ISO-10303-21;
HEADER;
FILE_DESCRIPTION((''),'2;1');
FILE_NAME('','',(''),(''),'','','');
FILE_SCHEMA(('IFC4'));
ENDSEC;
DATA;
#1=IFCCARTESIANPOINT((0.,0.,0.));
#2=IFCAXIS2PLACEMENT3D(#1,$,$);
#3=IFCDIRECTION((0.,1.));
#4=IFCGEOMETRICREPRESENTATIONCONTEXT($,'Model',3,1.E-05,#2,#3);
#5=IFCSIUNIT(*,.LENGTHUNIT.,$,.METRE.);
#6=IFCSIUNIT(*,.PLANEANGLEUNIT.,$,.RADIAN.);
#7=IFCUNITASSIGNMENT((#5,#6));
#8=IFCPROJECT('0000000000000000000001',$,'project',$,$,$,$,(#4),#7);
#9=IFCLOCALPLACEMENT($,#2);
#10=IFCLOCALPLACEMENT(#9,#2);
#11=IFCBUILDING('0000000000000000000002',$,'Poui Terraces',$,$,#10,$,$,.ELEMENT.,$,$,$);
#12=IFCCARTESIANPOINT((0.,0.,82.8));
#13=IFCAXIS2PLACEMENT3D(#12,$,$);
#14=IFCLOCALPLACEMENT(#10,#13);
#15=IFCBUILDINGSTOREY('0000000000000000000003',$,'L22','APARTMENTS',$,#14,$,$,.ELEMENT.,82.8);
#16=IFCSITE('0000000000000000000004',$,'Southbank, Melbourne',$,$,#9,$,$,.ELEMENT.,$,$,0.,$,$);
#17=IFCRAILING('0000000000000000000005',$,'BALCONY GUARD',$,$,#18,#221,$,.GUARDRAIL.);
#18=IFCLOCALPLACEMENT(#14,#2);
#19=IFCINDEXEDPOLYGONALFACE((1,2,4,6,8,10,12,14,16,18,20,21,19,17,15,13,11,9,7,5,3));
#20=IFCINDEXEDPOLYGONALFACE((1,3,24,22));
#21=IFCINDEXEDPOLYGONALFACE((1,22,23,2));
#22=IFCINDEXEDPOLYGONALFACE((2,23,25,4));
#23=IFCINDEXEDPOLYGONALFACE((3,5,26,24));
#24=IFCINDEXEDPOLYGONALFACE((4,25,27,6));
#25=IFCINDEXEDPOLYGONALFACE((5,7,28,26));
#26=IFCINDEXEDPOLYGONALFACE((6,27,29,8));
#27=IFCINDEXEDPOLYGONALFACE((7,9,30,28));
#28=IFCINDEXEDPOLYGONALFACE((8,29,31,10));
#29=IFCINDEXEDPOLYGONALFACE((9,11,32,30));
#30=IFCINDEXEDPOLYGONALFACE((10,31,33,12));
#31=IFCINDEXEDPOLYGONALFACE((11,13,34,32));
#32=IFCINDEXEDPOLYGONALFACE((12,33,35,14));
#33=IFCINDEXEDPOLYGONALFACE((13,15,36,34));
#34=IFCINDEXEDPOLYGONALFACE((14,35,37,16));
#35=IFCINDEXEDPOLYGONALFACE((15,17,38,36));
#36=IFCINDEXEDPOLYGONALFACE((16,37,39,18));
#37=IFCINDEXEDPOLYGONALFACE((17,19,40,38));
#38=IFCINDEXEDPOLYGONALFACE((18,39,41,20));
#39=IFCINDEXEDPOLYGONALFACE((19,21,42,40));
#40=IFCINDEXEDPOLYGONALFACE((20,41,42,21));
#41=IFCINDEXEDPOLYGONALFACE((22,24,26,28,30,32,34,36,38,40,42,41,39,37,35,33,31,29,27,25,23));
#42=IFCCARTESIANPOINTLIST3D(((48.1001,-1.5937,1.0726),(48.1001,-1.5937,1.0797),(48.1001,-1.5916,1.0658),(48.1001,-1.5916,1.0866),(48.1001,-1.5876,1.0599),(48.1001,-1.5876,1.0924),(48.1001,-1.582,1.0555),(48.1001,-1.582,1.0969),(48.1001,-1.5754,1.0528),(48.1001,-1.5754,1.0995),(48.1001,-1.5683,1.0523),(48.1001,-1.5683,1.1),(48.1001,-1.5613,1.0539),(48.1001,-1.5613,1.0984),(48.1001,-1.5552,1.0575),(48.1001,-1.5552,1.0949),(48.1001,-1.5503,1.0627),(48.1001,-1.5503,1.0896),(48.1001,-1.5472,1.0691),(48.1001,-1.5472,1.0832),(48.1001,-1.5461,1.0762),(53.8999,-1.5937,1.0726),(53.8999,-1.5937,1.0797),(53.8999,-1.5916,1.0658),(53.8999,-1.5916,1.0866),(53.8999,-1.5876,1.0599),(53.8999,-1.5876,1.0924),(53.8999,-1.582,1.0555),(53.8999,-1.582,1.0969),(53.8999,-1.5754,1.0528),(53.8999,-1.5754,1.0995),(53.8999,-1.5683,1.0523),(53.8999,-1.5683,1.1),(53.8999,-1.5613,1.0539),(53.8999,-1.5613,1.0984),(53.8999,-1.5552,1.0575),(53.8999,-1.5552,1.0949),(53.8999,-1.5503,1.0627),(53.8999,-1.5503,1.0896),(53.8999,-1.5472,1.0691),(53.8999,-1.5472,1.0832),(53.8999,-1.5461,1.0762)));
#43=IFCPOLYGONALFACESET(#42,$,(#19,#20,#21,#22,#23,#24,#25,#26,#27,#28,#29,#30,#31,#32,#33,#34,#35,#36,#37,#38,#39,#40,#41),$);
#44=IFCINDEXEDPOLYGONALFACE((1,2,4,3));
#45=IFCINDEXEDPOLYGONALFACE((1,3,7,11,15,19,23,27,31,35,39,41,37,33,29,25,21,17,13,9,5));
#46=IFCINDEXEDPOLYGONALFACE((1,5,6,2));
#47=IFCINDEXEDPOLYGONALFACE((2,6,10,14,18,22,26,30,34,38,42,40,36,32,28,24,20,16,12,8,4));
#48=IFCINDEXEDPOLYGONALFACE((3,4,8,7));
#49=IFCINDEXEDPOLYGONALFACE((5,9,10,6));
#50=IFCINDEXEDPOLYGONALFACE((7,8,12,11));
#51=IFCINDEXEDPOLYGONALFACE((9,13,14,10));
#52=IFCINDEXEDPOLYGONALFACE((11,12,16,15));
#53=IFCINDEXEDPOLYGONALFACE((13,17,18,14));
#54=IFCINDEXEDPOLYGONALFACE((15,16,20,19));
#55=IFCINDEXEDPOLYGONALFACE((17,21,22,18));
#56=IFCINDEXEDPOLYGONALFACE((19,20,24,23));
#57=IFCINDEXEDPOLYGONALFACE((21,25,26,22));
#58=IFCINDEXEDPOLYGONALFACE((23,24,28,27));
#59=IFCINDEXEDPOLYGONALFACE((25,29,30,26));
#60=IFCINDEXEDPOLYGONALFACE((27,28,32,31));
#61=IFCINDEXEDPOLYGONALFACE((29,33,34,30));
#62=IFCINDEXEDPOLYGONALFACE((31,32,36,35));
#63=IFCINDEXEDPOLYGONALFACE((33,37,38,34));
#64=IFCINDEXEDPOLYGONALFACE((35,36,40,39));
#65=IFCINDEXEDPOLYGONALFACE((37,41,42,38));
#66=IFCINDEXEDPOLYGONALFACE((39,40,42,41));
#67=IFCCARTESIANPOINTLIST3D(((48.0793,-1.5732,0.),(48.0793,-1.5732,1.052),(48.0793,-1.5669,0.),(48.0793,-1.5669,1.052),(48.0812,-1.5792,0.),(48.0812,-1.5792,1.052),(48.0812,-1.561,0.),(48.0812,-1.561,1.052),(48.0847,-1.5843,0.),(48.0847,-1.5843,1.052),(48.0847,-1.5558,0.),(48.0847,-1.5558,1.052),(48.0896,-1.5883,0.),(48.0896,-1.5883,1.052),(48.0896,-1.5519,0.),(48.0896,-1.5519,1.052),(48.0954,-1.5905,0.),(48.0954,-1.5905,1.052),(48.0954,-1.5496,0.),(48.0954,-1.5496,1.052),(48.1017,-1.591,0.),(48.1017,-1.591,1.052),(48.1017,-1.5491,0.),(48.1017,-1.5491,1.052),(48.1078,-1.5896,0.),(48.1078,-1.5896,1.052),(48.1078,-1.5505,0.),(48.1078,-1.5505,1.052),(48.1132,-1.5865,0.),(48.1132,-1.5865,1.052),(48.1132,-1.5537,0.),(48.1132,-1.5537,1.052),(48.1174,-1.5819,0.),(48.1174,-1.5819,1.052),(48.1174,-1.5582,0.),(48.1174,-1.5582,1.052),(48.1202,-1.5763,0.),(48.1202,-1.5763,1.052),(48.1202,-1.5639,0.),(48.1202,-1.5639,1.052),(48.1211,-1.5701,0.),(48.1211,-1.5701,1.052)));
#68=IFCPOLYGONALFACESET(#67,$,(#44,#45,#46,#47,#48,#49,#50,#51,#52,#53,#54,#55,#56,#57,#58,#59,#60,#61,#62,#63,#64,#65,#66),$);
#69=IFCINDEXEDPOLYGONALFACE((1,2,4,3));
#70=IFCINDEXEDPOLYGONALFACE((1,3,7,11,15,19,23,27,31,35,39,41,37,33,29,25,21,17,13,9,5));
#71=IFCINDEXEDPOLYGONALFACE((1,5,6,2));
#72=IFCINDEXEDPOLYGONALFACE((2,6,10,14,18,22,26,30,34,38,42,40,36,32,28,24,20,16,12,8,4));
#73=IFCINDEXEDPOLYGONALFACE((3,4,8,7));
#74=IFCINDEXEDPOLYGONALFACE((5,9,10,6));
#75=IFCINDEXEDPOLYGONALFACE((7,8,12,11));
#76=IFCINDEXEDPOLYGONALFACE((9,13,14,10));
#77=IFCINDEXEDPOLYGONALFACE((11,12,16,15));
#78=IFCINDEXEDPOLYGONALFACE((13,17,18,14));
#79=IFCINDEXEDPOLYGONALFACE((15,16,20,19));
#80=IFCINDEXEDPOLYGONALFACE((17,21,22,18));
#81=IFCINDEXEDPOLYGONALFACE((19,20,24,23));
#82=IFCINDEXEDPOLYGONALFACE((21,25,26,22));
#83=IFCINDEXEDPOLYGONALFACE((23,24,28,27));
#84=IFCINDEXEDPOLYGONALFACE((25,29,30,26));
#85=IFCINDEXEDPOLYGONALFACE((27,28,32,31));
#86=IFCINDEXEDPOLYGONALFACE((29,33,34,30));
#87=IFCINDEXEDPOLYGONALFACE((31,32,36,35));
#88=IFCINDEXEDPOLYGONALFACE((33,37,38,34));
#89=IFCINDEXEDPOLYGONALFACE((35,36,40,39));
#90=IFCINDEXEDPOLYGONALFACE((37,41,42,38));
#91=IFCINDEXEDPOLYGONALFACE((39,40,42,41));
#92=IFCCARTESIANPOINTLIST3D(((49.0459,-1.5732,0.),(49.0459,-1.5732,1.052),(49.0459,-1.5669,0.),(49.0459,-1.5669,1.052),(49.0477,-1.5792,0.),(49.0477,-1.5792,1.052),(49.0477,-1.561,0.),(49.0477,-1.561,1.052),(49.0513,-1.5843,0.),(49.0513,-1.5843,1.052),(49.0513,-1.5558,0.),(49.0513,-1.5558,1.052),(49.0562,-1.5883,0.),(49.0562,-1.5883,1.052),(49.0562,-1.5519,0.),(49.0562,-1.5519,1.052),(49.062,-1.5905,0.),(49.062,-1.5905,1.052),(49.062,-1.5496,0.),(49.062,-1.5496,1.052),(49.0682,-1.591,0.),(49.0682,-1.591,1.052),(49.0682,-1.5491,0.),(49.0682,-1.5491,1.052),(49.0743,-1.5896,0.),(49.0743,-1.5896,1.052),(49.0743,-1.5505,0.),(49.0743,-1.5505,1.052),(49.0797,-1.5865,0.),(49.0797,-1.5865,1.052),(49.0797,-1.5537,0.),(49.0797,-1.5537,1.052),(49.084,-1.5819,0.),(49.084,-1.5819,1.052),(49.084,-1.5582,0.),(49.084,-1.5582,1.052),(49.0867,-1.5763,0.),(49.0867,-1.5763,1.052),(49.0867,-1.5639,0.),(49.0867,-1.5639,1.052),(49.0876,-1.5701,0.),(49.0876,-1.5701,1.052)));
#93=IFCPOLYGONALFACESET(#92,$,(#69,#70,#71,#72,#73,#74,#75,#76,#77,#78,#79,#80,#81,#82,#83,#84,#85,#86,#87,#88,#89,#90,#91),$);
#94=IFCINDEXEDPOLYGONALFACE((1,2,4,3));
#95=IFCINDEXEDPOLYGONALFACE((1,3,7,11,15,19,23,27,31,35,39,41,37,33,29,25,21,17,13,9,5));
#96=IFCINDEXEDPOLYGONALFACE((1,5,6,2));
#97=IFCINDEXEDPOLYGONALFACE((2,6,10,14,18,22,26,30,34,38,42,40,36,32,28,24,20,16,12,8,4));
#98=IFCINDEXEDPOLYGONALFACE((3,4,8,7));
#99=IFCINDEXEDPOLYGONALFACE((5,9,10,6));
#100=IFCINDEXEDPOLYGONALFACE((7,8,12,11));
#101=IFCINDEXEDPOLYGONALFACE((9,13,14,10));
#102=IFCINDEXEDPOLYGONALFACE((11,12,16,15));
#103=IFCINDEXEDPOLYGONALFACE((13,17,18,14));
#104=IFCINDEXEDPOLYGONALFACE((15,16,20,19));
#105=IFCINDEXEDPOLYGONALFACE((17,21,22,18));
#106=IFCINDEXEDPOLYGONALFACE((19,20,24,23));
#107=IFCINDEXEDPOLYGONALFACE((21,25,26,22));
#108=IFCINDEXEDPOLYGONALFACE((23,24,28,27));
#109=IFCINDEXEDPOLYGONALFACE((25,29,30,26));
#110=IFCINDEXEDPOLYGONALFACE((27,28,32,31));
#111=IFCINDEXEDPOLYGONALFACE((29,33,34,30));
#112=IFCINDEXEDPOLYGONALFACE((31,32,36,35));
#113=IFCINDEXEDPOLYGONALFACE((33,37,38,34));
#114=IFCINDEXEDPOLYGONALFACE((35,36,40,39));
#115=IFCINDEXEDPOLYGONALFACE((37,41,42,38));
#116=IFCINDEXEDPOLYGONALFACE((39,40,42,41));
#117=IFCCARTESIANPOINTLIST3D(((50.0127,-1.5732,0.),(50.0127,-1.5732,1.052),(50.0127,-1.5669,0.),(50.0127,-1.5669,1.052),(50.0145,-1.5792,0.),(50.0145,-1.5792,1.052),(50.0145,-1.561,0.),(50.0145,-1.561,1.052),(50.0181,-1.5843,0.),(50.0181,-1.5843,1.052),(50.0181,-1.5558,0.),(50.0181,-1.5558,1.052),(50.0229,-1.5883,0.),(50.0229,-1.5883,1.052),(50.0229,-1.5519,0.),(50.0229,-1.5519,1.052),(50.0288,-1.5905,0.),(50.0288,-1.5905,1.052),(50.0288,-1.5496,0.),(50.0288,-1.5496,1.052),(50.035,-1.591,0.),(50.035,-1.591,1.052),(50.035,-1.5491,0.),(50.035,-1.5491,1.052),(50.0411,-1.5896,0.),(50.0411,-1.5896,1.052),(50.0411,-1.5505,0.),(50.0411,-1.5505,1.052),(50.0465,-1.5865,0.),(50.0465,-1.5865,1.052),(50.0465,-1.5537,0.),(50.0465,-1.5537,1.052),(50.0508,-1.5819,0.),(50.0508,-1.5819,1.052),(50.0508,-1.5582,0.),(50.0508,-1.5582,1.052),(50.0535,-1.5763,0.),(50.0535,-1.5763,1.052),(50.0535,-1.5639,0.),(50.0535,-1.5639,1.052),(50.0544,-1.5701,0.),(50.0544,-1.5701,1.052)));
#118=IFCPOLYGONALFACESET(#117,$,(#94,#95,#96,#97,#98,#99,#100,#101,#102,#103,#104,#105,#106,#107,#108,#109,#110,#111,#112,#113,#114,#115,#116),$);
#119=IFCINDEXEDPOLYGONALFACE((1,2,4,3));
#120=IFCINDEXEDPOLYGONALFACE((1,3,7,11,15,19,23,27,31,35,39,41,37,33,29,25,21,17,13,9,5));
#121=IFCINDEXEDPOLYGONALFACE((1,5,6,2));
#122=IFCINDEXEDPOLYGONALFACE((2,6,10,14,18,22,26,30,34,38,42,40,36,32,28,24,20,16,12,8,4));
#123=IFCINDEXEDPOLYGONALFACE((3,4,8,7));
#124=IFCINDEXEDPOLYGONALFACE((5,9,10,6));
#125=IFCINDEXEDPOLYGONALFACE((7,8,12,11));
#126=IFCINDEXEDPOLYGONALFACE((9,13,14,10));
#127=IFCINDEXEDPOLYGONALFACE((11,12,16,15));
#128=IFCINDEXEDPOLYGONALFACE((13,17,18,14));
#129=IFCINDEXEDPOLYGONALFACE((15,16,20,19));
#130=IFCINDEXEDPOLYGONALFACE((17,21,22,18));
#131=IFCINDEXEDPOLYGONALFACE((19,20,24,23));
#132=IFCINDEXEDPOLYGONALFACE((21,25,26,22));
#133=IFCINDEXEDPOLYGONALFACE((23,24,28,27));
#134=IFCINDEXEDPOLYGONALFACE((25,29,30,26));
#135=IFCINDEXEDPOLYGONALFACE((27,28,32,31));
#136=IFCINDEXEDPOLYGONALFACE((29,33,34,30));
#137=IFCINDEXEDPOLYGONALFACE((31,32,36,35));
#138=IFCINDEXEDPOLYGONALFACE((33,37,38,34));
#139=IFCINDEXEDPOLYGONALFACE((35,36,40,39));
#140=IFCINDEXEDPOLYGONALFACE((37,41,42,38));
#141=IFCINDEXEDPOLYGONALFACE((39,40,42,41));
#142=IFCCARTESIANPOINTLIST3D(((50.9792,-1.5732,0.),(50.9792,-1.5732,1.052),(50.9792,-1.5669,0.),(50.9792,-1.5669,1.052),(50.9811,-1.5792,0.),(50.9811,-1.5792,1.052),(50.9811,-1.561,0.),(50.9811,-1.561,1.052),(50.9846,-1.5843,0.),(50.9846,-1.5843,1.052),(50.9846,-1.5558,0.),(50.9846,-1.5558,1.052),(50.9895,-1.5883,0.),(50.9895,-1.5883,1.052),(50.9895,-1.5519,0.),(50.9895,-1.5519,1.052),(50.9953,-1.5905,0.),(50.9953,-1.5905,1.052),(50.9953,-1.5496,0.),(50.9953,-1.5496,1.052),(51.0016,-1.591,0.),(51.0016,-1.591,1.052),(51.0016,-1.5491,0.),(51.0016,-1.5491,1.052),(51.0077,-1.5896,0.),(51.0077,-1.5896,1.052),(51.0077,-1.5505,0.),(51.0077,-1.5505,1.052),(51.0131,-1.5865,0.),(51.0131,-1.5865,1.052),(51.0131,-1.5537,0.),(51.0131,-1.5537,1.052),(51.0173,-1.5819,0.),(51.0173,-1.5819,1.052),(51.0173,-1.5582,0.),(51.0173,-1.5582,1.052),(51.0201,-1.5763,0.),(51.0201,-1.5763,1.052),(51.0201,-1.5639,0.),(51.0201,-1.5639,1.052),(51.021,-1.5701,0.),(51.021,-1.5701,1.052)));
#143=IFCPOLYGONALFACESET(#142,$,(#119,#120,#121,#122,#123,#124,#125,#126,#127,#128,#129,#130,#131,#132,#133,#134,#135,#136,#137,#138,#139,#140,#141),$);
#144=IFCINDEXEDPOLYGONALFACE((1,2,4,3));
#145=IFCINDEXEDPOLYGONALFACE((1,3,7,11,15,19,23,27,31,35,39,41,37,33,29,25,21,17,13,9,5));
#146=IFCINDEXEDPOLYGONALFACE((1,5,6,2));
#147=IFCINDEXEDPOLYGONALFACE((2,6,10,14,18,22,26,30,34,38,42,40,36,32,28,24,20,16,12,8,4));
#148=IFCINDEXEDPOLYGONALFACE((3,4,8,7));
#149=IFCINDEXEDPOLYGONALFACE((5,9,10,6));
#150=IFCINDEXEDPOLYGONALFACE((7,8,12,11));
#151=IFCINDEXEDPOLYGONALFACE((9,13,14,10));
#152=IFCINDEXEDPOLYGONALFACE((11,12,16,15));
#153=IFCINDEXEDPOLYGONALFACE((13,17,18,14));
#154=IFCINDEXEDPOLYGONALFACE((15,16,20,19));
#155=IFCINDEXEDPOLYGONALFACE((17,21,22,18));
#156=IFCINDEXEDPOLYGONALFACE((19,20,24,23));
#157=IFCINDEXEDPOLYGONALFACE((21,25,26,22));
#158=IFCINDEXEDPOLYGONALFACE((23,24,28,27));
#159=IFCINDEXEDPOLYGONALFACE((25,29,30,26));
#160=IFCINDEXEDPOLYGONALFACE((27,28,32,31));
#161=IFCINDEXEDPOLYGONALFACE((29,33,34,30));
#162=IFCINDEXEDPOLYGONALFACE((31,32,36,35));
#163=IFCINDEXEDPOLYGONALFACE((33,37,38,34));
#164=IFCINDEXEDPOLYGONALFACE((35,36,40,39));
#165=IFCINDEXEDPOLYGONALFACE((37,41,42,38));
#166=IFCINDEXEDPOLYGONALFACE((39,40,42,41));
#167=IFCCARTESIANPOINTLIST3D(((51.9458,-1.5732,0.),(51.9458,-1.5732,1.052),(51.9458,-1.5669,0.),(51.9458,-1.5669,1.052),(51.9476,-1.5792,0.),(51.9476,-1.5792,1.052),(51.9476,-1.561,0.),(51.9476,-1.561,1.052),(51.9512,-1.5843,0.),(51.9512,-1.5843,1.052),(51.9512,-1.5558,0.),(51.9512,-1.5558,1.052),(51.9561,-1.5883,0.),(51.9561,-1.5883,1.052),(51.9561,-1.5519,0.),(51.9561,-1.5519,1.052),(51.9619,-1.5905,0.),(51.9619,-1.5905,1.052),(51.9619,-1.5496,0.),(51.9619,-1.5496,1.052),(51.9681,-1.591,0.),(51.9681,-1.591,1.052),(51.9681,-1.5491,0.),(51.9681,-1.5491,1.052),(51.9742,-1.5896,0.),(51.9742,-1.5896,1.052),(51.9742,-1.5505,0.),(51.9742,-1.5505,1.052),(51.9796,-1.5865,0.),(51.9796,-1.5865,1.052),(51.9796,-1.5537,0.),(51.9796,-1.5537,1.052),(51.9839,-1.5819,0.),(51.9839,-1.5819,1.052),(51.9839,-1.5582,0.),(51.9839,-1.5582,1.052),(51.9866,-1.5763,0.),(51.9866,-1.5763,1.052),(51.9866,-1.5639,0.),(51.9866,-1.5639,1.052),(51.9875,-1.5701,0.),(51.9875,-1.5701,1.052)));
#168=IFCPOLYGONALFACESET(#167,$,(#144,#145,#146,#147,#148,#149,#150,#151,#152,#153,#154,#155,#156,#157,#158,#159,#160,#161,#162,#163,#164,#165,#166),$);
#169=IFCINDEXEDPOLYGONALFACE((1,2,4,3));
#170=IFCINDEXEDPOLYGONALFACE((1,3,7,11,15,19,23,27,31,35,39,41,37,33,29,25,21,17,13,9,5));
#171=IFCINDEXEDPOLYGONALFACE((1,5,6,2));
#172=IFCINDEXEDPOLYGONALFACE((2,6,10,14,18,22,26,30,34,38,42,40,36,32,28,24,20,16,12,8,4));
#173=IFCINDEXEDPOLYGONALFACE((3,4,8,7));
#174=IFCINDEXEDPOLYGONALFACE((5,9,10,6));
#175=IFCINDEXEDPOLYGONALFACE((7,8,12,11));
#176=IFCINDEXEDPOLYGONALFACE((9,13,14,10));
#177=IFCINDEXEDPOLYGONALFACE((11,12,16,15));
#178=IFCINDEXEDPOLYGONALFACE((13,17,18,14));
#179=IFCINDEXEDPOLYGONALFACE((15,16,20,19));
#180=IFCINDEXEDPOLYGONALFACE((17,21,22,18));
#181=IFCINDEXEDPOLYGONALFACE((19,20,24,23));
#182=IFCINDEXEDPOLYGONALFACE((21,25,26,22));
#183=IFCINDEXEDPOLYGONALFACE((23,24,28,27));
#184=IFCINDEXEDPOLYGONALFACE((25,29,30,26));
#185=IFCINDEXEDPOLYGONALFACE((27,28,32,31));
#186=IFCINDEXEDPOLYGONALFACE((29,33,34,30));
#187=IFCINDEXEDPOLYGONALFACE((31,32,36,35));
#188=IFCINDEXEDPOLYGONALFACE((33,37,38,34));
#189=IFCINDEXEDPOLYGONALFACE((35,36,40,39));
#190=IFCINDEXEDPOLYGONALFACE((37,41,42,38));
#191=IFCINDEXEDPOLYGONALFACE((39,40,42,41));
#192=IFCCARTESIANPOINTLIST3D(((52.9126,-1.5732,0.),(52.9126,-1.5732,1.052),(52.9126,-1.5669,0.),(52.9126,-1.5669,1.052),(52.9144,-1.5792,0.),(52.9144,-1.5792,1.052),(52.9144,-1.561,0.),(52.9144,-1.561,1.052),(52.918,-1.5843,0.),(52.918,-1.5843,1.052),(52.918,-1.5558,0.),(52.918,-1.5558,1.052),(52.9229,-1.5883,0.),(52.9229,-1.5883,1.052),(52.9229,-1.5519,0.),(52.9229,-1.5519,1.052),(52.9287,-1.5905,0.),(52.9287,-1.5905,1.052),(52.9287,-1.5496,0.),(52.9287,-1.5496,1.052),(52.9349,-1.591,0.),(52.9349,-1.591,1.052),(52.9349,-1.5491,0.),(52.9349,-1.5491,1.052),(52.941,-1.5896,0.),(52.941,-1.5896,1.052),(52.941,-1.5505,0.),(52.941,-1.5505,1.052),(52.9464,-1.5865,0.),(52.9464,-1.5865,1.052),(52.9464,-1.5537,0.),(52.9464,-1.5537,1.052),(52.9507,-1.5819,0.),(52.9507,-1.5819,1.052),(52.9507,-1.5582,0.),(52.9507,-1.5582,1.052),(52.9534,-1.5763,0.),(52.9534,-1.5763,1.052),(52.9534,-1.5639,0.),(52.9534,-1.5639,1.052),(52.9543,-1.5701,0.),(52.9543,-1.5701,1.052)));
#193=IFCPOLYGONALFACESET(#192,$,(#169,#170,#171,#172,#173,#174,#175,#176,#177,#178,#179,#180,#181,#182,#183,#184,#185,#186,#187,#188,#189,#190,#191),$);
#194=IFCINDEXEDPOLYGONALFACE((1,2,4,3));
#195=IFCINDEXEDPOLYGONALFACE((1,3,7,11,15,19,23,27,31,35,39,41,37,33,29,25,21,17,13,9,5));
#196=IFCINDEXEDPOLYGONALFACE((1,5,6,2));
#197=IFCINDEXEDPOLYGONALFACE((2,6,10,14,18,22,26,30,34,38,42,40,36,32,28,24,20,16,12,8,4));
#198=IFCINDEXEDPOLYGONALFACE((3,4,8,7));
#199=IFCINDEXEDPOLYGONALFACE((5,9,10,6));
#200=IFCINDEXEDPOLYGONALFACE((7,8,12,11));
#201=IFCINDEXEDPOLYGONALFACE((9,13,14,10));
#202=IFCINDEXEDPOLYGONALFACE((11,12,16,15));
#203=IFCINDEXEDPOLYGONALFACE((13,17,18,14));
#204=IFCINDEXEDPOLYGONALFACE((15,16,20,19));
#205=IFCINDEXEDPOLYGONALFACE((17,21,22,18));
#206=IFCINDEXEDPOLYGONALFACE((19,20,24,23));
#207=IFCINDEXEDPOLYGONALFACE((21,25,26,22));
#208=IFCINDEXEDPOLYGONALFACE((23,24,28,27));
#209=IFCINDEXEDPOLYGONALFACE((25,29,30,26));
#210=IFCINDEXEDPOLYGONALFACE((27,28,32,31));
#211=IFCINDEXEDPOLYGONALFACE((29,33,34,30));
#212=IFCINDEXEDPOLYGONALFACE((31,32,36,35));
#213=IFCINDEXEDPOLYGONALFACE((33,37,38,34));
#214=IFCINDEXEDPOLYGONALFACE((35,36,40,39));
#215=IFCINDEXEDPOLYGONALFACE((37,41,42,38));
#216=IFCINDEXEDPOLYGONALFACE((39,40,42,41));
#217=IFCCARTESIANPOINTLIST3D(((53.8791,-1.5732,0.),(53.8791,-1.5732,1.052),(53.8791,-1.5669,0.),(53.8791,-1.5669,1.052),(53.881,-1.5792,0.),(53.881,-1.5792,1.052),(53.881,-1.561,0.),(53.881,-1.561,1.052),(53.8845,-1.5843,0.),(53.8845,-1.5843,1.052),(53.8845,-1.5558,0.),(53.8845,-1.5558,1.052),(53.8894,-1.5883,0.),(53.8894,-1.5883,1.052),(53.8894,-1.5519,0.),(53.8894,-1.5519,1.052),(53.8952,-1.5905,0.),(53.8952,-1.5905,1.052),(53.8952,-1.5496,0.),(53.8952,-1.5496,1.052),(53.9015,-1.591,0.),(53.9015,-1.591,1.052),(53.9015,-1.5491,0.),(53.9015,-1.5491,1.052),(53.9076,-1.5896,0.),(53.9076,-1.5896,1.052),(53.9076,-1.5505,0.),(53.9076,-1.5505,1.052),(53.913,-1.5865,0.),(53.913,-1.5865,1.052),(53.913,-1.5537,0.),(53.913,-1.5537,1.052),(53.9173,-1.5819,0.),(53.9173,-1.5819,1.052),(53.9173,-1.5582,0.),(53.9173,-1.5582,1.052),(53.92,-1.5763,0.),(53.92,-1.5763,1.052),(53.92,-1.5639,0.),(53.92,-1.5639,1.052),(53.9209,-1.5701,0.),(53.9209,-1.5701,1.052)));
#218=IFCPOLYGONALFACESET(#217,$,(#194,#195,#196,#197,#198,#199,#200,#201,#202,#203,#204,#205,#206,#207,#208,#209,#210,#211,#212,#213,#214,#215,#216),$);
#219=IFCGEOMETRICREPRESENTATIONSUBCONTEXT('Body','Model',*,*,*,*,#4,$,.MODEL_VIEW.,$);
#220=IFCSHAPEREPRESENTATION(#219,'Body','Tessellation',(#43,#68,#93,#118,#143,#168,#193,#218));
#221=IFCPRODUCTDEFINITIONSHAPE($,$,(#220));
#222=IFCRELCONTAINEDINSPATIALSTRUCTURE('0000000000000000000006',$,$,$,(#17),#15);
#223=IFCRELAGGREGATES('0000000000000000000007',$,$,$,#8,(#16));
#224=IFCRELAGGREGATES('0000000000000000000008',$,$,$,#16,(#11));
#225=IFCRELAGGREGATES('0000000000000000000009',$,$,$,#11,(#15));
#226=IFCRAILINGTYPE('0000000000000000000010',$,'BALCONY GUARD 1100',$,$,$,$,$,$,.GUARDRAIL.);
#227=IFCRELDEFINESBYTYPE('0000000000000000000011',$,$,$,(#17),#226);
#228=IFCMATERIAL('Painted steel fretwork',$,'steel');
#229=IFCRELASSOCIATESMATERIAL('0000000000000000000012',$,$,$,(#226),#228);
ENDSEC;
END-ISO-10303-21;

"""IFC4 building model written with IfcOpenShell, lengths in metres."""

from ifc_helpers import new_model, si_unit, direction, frame, origin, origin_2d, place, context, subcontext, project, spatial, circle, extrude, material, type_object, element, save


model = new_model("IFC4")

# Units and contexts
model_context = context("Model", 3, precision=1e-05, world=origin(), true_north=direction((0.0, 1.0)))
body_context = subcontext(model_context, "Body", "Model", "MODEL_VIEW")
ifc_project = project(units=[si_unit("LENGTHUNIT", "METRE"), si_unit("PLANEANGLEUNIT", "RADIAN")], contexts=[model_context])

# Site, building, storey
site_placement = place(None, origin())
site = spatial("IfcSite", under=ifc_project, at=site_placement, Name="Southbank, Melbourne", CompositionType="ELEMENT", RefElevation=0.0)
building_placement = place(site_placement, origin())
building = spatial("IfcBuilding", under=site, at=building_placement, Name="Poui Terraces", CompositionType="ELEMENT")
storey_placement = place(building_placement, frame((0.0, 0.0, 82.8)))
storey = spatial("IfcBuildingStorey", under=building, at=storey_placement, Name="L22", Description="APARTMENTS", CompositionType="ELEMENT", Elevation=82.8)

# Railing
ifc_material_1 = material(Name="Painted steel fretwork", Category="steel")
railing_type = type_object("IfcRailingType", Name="BALCONY GUARD 1100", PredefinedType="GUARDRAIL", material=ifc_material_1)
railing_placement = place(storey_placement, frame((48.1001, -1.5701, 0.0)))
element("IfcRailing", 1, at=railing_placement, inside=storey, type_object=railing_type, Name="BALCONY GUARD", PredefinedType="GUARDRAIL", context=body_context, shape_type="SweptSolid", body=[
    extrude(circle(Radius=0.0239, at=origin_2d()), frame((0.0, 0.0, 1.0762), z_axis=(1.0, 0.0, 0.0), x_axis=(0.0, 1.0, 0.0)), (0.0, 0.0, 1.0), 5.7998),
    extrude(circle(Radius=0.021, at=origin_2d()), origin(), (0.0, 0.0, 1.0), 1.052),
    extrude(circle(Radius=0.021, at=origin_2d()), frame((0.9666, 0.0, 0.0)), (0.0, 0.0, 1.0), 1.052),
    extrude(circle(Radius=0.021, at=origin_2d()), frame((1.9333, 0.0, 0.0)), (0.0, 0.0, 1.0), 1.052),
    extrude(circle(Radius=0.021, at=origin_2d()), frame((2.8999, 0.0, 0.0)), (0.0, 0.0, 1.0), 1.052),
    extrude(circle(Radius=0.021, at=origin_2d()), frame((3.8665, 0.0, 0.0)), (0.0, 0.0, 1.0), 1.052),
    extrude(circle(Radius=0.021, at=origin_2d()), frame((4.8333, 0.0, 0.0)), (0.0, 0.0, 1.0), 1.052),
    extrude(circle(Radius=0.021, at=origin_2d()), frame((5.7998, 0.0, 0.0)), (0.0, 0.0, 1.0), 1.052),
])

save(model, "model.ifc")
